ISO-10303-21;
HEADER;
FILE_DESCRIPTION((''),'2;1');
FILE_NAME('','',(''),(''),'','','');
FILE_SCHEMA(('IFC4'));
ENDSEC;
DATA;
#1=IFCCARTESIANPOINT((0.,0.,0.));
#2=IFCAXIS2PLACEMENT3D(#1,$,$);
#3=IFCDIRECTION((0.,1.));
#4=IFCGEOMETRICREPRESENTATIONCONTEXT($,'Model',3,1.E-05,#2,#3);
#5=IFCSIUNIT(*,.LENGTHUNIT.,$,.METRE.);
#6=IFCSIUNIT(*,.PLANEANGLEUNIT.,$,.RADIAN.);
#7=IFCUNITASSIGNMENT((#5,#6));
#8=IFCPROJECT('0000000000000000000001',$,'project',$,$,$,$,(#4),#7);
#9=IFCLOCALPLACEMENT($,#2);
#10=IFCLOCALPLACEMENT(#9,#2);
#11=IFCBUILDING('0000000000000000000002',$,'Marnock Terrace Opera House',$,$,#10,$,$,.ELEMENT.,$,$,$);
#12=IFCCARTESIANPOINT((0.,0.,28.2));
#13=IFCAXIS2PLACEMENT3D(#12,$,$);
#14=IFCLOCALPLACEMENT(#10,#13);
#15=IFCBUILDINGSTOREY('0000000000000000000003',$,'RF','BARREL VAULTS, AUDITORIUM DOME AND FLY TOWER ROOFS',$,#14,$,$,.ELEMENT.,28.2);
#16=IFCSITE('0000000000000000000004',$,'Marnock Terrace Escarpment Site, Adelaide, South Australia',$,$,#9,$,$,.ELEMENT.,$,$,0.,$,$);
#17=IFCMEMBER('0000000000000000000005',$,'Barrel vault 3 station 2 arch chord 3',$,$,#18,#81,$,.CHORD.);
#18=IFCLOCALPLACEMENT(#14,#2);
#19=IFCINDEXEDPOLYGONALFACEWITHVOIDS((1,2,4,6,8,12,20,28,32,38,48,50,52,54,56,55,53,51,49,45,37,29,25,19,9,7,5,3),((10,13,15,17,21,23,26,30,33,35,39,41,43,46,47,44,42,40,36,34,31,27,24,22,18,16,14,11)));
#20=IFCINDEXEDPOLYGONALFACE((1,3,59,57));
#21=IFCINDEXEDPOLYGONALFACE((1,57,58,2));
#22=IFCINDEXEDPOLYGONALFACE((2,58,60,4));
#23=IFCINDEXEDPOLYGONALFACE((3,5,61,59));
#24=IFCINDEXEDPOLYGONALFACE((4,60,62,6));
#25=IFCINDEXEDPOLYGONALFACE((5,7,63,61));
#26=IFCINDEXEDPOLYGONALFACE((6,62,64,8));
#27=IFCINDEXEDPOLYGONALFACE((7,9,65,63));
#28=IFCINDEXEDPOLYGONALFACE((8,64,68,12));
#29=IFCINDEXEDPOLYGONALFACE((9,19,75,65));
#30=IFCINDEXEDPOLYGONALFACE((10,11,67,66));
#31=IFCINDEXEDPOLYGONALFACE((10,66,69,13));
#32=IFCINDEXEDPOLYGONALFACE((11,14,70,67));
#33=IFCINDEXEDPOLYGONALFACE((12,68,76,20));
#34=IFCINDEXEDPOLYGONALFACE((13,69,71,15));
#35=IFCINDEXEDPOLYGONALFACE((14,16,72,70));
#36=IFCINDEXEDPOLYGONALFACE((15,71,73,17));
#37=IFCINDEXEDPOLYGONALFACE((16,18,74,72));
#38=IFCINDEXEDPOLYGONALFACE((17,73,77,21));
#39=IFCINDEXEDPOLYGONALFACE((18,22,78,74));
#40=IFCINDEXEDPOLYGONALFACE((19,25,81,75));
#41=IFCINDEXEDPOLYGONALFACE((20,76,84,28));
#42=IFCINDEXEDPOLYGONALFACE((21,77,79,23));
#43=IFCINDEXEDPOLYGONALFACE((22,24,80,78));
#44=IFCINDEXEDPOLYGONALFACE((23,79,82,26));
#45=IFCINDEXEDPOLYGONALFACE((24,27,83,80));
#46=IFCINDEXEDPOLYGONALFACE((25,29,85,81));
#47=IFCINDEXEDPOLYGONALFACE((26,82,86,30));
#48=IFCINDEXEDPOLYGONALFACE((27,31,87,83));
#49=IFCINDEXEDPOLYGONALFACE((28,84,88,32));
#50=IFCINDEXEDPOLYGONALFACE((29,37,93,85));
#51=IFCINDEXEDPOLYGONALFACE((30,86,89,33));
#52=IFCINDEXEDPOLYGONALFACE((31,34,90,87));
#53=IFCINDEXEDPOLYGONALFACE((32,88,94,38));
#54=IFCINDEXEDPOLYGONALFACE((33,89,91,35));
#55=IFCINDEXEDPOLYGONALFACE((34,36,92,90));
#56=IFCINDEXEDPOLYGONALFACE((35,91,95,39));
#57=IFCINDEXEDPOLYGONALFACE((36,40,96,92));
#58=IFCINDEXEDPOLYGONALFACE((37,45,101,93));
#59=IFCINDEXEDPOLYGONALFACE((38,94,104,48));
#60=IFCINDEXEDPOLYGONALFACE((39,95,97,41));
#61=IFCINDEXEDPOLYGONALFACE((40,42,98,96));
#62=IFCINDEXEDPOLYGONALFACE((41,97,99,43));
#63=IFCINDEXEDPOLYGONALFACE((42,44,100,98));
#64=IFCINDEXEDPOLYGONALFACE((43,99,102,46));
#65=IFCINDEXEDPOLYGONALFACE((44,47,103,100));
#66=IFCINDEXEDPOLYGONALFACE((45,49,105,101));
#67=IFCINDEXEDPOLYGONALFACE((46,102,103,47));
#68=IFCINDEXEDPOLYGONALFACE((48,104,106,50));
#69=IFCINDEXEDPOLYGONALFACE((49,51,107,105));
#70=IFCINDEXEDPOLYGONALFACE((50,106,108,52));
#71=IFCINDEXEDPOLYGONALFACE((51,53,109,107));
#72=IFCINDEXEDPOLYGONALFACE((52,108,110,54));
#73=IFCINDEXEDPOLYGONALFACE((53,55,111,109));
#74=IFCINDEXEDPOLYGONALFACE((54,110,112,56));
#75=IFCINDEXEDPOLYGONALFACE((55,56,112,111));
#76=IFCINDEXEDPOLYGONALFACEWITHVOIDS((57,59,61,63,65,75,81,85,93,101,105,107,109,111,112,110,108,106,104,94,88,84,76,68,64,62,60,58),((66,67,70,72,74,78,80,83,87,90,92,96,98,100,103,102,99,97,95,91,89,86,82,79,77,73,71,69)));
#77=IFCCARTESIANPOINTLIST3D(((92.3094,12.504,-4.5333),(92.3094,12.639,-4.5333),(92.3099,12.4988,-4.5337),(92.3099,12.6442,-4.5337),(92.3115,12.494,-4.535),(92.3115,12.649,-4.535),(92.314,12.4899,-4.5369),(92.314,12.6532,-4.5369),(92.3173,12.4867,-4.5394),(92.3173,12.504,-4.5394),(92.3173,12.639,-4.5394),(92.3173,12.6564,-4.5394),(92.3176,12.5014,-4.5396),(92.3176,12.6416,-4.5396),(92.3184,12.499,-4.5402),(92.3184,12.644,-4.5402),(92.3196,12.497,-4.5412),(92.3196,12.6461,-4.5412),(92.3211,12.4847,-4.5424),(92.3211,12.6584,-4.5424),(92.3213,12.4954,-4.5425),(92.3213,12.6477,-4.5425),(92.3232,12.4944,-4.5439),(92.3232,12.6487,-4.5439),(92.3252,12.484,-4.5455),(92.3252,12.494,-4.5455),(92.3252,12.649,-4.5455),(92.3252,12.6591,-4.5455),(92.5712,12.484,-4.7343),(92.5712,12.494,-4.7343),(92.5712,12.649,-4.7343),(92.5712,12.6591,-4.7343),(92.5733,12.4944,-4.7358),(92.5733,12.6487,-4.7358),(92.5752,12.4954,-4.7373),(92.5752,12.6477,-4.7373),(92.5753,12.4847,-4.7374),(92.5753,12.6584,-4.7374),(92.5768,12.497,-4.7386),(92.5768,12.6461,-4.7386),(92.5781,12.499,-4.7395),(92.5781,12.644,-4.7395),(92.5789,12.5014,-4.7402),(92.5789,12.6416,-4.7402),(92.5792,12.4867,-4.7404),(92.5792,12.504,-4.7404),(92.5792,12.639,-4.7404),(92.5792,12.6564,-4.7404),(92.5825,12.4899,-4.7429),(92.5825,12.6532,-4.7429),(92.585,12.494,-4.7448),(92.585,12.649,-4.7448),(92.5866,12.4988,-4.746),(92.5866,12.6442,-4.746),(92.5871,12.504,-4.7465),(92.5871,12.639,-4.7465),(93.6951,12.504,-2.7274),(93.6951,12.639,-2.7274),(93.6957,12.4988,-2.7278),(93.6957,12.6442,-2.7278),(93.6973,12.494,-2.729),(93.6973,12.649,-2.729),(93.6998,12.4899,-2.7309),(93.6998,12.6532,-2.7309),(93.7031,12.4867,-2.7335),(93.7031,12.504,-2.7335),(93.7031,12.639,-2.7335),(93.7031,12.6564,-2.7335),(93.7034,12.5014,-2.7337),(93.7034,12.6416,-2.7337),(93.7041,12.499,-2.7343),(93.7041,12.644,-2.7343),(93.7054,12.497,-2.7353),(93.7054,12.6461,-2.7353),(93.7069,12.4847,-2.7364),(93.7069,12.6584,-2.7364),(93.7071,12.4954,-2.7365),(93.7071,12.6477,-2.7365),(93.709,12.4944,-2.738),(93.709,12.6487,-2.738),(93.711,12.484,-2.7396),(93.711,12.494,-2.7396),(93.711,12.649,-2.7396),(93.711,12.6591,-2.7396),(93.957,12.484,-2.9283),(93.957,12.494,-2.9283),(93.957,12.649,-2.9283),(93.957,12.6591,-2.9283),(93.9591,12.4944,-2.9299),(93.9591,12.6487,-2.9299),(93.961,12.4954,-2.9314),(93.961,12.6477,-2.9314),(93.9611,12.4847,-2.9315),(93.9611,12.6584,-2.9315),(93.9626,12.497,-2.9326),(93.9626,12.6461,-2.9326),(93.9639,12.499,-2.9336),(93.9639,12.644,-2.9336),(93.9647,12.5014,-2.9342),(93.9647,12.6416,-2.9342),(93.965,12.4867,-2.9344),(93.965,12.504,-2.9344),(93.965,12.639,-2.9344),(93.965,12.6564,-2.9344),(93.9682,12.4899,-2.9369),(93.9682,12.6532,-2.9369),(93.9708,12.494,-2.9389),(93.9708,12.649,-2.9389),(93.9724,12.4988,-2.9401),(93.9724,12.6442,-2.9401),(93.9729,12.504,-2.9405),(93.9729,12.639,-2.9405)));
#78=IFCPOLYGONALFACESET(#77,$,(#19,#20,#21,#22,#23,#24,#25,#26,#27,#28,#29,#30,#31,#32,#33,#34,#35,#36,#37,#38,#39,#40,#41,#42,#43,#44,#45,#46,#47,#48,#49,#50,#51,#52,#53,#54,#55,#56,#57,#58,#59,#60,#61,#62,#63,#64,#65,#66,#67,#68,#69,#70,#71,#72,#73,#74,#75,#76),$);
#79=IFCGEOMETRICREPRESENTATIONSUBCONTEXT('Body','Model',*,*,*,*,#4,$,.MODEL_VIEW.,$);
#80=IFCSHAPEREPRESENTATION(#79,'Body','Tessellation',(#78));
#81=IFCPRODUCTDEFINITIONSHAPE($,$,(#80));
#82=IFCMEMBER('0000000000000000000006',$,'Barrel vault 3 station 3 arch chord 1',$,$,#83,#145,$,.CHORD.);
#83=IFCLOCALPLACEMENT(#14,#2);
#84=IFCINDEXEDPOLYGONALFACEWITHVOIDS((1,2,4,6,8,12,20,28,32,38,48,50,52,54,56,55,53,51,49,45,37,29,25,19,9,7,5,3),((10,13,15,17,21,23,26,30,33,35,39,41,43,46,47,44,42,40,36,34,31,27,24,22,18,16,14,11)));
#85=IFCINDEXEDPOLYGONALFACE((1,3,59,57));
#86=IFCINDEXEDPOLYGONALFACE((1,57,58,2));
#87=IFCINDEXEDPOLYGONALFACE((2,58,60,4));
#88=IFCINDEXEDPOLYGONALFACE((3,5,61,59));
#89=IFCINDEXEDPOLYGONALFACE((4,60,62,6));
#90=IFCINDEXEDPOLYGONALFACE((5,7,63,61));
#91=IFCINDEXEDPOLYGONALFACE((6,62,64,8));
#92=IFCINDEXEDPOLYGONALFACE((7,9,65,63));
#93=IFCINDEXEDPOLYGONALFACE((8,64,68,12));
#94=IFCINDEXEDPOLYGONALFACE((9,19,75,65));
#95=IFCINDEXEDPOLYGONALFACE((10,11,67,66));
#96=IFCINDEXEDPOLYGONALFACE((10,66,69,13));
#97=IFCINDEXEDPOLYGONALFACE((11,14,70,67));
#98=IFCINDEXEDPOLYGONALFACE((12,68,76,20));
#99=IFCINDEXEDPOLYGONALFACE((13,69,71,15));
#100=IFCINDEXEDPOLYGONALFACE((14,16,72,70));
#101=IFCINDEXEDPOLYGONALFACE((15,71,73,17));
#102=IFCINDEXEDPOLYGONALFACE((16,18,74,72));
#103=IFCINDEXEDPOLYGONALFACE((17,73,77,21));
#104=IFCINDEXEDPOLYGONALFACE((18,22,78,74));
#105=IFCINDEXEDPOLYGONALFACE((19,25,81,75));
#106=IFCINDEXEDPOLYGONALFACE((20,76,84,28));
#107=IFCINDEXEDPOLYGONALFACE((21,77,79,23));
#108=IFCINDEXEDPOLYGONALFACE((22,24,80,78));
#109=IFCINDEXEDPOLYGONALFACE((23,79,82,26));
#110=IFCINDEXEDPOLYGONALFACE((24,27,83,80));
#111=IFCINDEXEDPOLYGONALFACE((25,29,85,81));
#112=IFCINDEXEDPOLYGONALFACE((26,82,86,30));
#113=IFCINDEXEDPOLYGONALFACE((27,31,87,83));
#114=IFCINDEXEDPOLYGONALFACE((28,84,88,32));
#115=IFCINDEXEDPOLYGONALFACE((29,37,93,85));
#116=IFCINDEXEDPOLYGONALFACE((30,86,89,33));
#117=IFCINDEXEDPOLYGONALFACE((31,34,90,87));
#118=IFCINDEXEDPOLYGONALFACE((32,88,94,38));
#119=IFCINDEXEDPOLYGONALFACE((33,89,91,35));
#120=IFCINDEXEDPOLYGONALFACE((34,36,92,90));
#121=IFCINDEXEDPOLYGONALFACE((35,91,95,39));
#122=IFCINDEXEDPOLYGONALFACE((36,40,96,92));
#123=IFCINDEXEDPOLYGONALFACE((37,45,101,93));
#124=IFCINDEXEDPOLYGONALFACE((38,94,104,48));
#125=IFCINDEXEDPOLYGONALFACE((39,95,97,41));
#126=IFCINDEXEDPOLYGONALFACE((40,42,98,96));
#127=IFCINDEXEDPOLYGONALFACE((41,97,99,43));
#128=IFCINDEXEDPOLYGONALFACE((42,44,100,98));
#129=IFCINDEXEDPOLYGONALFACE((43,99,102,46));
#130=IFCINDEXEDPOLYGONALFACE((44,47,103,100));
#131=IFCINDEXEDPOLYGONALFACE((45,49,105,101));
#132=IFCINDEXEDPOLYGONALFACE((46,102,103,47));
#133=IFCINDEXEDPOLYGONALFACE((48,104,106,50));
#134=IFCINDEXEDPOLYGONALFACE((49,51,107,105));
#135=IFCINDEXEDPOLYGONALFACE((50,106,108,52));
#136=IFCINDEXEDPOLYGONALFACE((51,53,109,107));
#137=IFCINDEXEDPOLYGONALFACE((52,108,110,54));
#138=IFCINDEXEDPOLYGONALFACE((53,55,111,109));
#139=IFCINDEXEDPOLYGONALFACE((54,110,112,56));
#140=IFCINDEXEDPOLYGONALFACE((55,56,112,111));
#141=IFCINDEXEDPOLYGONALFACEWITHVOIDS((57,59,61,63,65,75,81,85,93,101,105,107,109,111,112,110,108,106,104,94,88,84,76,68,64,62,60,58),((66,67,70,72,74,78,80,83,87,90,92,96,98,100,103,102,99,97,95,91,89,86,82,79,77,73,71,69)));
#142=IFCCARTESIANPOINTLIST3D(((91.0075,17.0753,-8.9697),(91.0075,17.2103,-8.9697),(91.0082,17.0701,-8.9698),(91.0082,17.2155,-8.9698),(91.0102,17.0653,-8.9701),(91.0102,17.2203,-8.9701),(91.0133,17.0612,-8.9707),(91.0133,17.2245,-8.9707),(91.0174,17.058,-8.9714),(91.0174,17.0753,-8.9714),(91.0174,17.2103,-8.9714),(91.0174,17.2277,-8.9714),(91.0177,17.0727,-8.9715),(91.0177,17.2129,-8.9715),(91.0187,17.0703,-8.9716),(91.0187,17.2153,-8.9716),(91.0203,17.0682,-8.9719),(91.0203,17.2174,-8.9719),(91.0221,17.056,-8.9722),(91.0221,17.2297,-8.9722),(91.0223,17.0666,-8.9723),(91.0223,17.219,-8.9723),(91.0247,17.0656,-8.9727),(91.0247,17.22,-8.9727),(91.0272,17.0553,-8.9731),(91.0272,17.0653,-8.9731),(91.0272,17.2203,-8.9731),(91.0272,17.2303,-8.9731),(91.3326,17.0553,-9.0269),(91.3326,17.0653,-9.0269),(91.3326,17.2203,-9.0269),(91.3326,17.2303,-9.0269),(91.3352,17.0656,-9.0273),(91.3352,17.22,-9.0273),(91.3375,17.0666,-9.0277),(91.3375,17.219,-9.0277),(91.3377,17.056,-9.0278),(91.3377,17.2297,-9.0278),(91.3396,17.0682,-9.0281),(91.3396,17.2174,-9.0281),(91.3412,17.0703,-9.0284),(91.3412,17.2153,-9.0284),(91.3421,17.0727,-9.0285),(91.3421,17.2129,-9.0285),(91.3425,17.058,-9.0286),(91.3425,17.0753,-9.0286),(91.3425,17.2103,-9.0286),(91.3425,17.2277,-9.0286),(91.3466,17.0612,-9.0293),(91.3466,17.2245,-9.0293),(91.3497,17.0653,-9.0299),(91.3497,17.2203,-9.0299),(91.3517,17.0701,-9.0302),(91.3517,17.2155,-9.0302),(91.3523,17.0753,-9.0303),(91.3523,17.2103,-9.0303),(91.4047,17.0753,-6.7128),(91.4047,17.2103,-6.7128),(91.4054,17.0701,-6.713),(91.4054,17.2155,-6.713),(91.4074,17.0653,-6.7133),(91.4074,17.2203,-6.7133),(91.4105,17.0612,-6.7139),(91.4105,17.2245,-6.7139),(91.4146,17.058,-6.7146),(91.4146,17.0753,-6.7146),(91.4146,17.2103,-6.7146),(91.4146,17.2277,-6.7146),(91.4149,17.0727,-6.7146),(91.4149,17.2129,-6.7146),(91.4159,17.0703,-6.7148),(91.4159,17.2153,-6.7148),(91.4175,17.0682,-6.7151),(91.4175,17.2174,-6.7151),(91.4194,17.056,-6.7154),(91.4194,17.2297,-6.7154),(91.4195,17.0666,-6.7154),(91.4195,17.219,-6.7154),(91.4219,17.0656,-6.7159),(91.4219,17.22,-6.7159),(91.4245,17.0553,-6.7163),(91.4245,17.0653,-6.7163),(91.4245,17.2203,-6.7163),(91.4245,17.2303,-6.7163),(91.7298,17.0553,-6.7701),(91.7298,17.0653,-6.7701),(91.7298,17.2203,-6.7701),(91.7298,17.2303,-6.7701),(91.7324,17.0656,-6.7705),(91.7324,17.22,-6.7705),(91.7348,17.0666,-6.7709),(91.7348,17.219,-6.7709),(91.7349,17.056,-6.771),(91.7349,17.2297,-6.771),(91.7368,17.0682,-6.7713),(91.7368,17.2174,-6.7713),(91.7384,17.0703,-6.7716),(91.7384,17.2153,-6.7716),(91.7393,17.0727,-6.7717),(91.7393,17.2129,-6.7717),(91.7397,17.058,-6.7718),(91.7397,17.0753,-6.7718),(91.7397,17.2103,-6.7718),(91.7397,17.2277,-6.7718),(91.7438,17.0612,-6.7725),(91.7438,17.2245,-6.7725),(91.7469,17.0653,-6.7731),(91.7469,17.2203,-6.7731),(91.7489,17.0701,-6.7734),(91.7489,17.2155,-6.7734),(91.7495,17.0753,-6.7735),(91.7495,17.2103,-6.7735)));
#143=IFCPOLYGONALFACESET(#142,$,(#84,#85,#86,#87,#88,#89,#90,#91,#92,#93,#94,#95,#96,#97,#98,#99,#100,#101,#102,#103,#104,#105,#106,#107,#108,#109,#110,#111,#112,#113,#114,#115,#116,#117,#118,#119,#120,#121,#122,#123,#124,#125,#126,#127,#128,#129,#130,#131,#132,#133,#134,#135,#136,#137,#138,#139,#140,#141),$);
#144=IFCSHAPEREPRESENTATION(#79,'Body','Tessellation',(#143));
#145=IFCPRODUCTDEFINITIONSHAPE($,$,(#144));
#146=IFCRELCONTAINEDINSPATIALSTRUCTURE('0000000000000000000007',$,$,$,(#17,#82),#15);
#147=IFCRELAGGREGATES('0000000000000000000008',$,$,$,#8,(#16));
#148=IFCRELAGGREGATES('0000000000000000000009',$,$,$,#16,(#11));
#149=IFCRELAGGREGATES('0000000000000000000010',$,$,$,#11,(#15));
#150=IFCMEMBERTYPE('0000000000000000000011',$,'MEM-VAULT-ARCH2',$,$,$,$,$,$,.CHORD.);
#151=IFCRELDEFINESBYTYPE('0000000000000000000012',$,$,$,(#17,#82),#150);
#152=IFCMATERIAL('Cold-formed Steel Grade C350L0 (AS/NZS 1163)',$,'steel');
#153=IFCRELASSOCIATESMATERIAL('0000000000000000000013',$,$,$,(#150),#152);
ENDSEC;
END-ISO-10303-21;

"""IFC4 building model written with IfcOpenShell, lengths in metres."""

from ifc_helpers import new_model, si_unit, direction, frame, origin, origin_2d, place, context, subcontext, project, spatial, hollow_rectangle, extrude, material, material_profile, profile_set, type_object, element, save


model = new_model("IFC4")

# Units and contexts
model_context = context("Model", 3, precision=1e-05, world=origin(), true_north=direction((0.0, 1.0)))
body_context = subcontext(model_context, "Body", "Model", "MODEL_VIEW")
ifc_project = project(units=[si_unit("LENGTHUNIT", "METRE"), si_unit("PLANEANGLEUNIT", "RADIAN")], contexts=[model_context])

# Site, building, storey
site_placement = place(None, origin())
site = spatial("IfcSite", under=ifc_project, at=site_placement, Name="Marnock Terrace Escarpment Site, Adelaide, South Australia", CompositionType="ELEMENT", RefElevation=0.0)
building_placement = place(site_placement, origin())
building = spatial("IfcBuilding", under=site, at=building_placement, Name="Marnock Terrace Opera House", CompositionType="ELEMENT")
storey_placement = place(building_placement, frame((0.0, 0.0, 28.2)))
storey = spatial("IfcBuildingStorey", under=building, at=storey_placement, Name="RF", Description="BARREL VAULTS, AUDITORIUM DOME AND FLY TOWER ROOFS", CompositionType="ELEMENT", Elevation=28.2)

# Members
ifc_material = material(Name="Cold-formed Steel Grade C350L0 (AS/NZS 1163)", Category="steel")
ifc_material_profile_1 = material_profile(ifc_material, hollow_rectangle(XDim=0.175, YDim=0.3501, WallThickness=0.01, InnerFilletRadius=0.01, OuterFilletRadius=0.02, at=origin_2d()))
ifc_profile_set_1 = profile_set([ifc_material_profile_1], Name="Cold-formed Steel Grade C350L0 (AS/NZS 1163)")
member_type_1 = type_object("IfcMemberType", Name="MEM-VAULT-ARCH2", PredefinedType="CHORD", material=ifc_profile_set_1)
member_1_placement = place(storey_placement, frame((92.4482, 12.5715, -4.6399), z_axis=(0.608767, 0.0, 0.793349), x_axis=(0.0, 1.0, 0.0)))
element("IfcMember", 1, at=member_1_placement, inside=storey, type_object=member_type_1, Name="Barrel vault 3 station 2 arch chord 3", PredefinedType="CHORD", context=body_context, shape_type="SweptSolid", body=[
    extrude(hollow_rectangle(XDim=0.175, YDim=0.3501, WallThickness=0.01, InnerFilletRadius=0.01, OuterFilletRadius=0.02, at=origin_2d()), origin(), (0.0, 0.0, 1.0), 2.2764),
])
member_2_placement = place(storey_placement, frame((91.1799, 17.1428, -9.0), z_axis=(0.173342, 0.0, 0.984862), x_axis=(0.0, 1.0, 0.0)))
element("IfcMember", 2, at=member_2_placement, inside=storey, type_object=member_type_1, Name="Barrel vault 3 station 3 arch chord 1", PredefinedType="CHORD", context=body_context, shape_type="SweptSolid", body=[
    extrude(hollow_rectangle(XDim=0.175, YDim=0.3501, WallThickness=0.01, InnerFilletRadius=0.01, OuterFilletRadius=0.02, at=origin_2d()), origin(), (0.0, 0.0, 1.0), 2.2915),
])

save(model, "model.ifc")
